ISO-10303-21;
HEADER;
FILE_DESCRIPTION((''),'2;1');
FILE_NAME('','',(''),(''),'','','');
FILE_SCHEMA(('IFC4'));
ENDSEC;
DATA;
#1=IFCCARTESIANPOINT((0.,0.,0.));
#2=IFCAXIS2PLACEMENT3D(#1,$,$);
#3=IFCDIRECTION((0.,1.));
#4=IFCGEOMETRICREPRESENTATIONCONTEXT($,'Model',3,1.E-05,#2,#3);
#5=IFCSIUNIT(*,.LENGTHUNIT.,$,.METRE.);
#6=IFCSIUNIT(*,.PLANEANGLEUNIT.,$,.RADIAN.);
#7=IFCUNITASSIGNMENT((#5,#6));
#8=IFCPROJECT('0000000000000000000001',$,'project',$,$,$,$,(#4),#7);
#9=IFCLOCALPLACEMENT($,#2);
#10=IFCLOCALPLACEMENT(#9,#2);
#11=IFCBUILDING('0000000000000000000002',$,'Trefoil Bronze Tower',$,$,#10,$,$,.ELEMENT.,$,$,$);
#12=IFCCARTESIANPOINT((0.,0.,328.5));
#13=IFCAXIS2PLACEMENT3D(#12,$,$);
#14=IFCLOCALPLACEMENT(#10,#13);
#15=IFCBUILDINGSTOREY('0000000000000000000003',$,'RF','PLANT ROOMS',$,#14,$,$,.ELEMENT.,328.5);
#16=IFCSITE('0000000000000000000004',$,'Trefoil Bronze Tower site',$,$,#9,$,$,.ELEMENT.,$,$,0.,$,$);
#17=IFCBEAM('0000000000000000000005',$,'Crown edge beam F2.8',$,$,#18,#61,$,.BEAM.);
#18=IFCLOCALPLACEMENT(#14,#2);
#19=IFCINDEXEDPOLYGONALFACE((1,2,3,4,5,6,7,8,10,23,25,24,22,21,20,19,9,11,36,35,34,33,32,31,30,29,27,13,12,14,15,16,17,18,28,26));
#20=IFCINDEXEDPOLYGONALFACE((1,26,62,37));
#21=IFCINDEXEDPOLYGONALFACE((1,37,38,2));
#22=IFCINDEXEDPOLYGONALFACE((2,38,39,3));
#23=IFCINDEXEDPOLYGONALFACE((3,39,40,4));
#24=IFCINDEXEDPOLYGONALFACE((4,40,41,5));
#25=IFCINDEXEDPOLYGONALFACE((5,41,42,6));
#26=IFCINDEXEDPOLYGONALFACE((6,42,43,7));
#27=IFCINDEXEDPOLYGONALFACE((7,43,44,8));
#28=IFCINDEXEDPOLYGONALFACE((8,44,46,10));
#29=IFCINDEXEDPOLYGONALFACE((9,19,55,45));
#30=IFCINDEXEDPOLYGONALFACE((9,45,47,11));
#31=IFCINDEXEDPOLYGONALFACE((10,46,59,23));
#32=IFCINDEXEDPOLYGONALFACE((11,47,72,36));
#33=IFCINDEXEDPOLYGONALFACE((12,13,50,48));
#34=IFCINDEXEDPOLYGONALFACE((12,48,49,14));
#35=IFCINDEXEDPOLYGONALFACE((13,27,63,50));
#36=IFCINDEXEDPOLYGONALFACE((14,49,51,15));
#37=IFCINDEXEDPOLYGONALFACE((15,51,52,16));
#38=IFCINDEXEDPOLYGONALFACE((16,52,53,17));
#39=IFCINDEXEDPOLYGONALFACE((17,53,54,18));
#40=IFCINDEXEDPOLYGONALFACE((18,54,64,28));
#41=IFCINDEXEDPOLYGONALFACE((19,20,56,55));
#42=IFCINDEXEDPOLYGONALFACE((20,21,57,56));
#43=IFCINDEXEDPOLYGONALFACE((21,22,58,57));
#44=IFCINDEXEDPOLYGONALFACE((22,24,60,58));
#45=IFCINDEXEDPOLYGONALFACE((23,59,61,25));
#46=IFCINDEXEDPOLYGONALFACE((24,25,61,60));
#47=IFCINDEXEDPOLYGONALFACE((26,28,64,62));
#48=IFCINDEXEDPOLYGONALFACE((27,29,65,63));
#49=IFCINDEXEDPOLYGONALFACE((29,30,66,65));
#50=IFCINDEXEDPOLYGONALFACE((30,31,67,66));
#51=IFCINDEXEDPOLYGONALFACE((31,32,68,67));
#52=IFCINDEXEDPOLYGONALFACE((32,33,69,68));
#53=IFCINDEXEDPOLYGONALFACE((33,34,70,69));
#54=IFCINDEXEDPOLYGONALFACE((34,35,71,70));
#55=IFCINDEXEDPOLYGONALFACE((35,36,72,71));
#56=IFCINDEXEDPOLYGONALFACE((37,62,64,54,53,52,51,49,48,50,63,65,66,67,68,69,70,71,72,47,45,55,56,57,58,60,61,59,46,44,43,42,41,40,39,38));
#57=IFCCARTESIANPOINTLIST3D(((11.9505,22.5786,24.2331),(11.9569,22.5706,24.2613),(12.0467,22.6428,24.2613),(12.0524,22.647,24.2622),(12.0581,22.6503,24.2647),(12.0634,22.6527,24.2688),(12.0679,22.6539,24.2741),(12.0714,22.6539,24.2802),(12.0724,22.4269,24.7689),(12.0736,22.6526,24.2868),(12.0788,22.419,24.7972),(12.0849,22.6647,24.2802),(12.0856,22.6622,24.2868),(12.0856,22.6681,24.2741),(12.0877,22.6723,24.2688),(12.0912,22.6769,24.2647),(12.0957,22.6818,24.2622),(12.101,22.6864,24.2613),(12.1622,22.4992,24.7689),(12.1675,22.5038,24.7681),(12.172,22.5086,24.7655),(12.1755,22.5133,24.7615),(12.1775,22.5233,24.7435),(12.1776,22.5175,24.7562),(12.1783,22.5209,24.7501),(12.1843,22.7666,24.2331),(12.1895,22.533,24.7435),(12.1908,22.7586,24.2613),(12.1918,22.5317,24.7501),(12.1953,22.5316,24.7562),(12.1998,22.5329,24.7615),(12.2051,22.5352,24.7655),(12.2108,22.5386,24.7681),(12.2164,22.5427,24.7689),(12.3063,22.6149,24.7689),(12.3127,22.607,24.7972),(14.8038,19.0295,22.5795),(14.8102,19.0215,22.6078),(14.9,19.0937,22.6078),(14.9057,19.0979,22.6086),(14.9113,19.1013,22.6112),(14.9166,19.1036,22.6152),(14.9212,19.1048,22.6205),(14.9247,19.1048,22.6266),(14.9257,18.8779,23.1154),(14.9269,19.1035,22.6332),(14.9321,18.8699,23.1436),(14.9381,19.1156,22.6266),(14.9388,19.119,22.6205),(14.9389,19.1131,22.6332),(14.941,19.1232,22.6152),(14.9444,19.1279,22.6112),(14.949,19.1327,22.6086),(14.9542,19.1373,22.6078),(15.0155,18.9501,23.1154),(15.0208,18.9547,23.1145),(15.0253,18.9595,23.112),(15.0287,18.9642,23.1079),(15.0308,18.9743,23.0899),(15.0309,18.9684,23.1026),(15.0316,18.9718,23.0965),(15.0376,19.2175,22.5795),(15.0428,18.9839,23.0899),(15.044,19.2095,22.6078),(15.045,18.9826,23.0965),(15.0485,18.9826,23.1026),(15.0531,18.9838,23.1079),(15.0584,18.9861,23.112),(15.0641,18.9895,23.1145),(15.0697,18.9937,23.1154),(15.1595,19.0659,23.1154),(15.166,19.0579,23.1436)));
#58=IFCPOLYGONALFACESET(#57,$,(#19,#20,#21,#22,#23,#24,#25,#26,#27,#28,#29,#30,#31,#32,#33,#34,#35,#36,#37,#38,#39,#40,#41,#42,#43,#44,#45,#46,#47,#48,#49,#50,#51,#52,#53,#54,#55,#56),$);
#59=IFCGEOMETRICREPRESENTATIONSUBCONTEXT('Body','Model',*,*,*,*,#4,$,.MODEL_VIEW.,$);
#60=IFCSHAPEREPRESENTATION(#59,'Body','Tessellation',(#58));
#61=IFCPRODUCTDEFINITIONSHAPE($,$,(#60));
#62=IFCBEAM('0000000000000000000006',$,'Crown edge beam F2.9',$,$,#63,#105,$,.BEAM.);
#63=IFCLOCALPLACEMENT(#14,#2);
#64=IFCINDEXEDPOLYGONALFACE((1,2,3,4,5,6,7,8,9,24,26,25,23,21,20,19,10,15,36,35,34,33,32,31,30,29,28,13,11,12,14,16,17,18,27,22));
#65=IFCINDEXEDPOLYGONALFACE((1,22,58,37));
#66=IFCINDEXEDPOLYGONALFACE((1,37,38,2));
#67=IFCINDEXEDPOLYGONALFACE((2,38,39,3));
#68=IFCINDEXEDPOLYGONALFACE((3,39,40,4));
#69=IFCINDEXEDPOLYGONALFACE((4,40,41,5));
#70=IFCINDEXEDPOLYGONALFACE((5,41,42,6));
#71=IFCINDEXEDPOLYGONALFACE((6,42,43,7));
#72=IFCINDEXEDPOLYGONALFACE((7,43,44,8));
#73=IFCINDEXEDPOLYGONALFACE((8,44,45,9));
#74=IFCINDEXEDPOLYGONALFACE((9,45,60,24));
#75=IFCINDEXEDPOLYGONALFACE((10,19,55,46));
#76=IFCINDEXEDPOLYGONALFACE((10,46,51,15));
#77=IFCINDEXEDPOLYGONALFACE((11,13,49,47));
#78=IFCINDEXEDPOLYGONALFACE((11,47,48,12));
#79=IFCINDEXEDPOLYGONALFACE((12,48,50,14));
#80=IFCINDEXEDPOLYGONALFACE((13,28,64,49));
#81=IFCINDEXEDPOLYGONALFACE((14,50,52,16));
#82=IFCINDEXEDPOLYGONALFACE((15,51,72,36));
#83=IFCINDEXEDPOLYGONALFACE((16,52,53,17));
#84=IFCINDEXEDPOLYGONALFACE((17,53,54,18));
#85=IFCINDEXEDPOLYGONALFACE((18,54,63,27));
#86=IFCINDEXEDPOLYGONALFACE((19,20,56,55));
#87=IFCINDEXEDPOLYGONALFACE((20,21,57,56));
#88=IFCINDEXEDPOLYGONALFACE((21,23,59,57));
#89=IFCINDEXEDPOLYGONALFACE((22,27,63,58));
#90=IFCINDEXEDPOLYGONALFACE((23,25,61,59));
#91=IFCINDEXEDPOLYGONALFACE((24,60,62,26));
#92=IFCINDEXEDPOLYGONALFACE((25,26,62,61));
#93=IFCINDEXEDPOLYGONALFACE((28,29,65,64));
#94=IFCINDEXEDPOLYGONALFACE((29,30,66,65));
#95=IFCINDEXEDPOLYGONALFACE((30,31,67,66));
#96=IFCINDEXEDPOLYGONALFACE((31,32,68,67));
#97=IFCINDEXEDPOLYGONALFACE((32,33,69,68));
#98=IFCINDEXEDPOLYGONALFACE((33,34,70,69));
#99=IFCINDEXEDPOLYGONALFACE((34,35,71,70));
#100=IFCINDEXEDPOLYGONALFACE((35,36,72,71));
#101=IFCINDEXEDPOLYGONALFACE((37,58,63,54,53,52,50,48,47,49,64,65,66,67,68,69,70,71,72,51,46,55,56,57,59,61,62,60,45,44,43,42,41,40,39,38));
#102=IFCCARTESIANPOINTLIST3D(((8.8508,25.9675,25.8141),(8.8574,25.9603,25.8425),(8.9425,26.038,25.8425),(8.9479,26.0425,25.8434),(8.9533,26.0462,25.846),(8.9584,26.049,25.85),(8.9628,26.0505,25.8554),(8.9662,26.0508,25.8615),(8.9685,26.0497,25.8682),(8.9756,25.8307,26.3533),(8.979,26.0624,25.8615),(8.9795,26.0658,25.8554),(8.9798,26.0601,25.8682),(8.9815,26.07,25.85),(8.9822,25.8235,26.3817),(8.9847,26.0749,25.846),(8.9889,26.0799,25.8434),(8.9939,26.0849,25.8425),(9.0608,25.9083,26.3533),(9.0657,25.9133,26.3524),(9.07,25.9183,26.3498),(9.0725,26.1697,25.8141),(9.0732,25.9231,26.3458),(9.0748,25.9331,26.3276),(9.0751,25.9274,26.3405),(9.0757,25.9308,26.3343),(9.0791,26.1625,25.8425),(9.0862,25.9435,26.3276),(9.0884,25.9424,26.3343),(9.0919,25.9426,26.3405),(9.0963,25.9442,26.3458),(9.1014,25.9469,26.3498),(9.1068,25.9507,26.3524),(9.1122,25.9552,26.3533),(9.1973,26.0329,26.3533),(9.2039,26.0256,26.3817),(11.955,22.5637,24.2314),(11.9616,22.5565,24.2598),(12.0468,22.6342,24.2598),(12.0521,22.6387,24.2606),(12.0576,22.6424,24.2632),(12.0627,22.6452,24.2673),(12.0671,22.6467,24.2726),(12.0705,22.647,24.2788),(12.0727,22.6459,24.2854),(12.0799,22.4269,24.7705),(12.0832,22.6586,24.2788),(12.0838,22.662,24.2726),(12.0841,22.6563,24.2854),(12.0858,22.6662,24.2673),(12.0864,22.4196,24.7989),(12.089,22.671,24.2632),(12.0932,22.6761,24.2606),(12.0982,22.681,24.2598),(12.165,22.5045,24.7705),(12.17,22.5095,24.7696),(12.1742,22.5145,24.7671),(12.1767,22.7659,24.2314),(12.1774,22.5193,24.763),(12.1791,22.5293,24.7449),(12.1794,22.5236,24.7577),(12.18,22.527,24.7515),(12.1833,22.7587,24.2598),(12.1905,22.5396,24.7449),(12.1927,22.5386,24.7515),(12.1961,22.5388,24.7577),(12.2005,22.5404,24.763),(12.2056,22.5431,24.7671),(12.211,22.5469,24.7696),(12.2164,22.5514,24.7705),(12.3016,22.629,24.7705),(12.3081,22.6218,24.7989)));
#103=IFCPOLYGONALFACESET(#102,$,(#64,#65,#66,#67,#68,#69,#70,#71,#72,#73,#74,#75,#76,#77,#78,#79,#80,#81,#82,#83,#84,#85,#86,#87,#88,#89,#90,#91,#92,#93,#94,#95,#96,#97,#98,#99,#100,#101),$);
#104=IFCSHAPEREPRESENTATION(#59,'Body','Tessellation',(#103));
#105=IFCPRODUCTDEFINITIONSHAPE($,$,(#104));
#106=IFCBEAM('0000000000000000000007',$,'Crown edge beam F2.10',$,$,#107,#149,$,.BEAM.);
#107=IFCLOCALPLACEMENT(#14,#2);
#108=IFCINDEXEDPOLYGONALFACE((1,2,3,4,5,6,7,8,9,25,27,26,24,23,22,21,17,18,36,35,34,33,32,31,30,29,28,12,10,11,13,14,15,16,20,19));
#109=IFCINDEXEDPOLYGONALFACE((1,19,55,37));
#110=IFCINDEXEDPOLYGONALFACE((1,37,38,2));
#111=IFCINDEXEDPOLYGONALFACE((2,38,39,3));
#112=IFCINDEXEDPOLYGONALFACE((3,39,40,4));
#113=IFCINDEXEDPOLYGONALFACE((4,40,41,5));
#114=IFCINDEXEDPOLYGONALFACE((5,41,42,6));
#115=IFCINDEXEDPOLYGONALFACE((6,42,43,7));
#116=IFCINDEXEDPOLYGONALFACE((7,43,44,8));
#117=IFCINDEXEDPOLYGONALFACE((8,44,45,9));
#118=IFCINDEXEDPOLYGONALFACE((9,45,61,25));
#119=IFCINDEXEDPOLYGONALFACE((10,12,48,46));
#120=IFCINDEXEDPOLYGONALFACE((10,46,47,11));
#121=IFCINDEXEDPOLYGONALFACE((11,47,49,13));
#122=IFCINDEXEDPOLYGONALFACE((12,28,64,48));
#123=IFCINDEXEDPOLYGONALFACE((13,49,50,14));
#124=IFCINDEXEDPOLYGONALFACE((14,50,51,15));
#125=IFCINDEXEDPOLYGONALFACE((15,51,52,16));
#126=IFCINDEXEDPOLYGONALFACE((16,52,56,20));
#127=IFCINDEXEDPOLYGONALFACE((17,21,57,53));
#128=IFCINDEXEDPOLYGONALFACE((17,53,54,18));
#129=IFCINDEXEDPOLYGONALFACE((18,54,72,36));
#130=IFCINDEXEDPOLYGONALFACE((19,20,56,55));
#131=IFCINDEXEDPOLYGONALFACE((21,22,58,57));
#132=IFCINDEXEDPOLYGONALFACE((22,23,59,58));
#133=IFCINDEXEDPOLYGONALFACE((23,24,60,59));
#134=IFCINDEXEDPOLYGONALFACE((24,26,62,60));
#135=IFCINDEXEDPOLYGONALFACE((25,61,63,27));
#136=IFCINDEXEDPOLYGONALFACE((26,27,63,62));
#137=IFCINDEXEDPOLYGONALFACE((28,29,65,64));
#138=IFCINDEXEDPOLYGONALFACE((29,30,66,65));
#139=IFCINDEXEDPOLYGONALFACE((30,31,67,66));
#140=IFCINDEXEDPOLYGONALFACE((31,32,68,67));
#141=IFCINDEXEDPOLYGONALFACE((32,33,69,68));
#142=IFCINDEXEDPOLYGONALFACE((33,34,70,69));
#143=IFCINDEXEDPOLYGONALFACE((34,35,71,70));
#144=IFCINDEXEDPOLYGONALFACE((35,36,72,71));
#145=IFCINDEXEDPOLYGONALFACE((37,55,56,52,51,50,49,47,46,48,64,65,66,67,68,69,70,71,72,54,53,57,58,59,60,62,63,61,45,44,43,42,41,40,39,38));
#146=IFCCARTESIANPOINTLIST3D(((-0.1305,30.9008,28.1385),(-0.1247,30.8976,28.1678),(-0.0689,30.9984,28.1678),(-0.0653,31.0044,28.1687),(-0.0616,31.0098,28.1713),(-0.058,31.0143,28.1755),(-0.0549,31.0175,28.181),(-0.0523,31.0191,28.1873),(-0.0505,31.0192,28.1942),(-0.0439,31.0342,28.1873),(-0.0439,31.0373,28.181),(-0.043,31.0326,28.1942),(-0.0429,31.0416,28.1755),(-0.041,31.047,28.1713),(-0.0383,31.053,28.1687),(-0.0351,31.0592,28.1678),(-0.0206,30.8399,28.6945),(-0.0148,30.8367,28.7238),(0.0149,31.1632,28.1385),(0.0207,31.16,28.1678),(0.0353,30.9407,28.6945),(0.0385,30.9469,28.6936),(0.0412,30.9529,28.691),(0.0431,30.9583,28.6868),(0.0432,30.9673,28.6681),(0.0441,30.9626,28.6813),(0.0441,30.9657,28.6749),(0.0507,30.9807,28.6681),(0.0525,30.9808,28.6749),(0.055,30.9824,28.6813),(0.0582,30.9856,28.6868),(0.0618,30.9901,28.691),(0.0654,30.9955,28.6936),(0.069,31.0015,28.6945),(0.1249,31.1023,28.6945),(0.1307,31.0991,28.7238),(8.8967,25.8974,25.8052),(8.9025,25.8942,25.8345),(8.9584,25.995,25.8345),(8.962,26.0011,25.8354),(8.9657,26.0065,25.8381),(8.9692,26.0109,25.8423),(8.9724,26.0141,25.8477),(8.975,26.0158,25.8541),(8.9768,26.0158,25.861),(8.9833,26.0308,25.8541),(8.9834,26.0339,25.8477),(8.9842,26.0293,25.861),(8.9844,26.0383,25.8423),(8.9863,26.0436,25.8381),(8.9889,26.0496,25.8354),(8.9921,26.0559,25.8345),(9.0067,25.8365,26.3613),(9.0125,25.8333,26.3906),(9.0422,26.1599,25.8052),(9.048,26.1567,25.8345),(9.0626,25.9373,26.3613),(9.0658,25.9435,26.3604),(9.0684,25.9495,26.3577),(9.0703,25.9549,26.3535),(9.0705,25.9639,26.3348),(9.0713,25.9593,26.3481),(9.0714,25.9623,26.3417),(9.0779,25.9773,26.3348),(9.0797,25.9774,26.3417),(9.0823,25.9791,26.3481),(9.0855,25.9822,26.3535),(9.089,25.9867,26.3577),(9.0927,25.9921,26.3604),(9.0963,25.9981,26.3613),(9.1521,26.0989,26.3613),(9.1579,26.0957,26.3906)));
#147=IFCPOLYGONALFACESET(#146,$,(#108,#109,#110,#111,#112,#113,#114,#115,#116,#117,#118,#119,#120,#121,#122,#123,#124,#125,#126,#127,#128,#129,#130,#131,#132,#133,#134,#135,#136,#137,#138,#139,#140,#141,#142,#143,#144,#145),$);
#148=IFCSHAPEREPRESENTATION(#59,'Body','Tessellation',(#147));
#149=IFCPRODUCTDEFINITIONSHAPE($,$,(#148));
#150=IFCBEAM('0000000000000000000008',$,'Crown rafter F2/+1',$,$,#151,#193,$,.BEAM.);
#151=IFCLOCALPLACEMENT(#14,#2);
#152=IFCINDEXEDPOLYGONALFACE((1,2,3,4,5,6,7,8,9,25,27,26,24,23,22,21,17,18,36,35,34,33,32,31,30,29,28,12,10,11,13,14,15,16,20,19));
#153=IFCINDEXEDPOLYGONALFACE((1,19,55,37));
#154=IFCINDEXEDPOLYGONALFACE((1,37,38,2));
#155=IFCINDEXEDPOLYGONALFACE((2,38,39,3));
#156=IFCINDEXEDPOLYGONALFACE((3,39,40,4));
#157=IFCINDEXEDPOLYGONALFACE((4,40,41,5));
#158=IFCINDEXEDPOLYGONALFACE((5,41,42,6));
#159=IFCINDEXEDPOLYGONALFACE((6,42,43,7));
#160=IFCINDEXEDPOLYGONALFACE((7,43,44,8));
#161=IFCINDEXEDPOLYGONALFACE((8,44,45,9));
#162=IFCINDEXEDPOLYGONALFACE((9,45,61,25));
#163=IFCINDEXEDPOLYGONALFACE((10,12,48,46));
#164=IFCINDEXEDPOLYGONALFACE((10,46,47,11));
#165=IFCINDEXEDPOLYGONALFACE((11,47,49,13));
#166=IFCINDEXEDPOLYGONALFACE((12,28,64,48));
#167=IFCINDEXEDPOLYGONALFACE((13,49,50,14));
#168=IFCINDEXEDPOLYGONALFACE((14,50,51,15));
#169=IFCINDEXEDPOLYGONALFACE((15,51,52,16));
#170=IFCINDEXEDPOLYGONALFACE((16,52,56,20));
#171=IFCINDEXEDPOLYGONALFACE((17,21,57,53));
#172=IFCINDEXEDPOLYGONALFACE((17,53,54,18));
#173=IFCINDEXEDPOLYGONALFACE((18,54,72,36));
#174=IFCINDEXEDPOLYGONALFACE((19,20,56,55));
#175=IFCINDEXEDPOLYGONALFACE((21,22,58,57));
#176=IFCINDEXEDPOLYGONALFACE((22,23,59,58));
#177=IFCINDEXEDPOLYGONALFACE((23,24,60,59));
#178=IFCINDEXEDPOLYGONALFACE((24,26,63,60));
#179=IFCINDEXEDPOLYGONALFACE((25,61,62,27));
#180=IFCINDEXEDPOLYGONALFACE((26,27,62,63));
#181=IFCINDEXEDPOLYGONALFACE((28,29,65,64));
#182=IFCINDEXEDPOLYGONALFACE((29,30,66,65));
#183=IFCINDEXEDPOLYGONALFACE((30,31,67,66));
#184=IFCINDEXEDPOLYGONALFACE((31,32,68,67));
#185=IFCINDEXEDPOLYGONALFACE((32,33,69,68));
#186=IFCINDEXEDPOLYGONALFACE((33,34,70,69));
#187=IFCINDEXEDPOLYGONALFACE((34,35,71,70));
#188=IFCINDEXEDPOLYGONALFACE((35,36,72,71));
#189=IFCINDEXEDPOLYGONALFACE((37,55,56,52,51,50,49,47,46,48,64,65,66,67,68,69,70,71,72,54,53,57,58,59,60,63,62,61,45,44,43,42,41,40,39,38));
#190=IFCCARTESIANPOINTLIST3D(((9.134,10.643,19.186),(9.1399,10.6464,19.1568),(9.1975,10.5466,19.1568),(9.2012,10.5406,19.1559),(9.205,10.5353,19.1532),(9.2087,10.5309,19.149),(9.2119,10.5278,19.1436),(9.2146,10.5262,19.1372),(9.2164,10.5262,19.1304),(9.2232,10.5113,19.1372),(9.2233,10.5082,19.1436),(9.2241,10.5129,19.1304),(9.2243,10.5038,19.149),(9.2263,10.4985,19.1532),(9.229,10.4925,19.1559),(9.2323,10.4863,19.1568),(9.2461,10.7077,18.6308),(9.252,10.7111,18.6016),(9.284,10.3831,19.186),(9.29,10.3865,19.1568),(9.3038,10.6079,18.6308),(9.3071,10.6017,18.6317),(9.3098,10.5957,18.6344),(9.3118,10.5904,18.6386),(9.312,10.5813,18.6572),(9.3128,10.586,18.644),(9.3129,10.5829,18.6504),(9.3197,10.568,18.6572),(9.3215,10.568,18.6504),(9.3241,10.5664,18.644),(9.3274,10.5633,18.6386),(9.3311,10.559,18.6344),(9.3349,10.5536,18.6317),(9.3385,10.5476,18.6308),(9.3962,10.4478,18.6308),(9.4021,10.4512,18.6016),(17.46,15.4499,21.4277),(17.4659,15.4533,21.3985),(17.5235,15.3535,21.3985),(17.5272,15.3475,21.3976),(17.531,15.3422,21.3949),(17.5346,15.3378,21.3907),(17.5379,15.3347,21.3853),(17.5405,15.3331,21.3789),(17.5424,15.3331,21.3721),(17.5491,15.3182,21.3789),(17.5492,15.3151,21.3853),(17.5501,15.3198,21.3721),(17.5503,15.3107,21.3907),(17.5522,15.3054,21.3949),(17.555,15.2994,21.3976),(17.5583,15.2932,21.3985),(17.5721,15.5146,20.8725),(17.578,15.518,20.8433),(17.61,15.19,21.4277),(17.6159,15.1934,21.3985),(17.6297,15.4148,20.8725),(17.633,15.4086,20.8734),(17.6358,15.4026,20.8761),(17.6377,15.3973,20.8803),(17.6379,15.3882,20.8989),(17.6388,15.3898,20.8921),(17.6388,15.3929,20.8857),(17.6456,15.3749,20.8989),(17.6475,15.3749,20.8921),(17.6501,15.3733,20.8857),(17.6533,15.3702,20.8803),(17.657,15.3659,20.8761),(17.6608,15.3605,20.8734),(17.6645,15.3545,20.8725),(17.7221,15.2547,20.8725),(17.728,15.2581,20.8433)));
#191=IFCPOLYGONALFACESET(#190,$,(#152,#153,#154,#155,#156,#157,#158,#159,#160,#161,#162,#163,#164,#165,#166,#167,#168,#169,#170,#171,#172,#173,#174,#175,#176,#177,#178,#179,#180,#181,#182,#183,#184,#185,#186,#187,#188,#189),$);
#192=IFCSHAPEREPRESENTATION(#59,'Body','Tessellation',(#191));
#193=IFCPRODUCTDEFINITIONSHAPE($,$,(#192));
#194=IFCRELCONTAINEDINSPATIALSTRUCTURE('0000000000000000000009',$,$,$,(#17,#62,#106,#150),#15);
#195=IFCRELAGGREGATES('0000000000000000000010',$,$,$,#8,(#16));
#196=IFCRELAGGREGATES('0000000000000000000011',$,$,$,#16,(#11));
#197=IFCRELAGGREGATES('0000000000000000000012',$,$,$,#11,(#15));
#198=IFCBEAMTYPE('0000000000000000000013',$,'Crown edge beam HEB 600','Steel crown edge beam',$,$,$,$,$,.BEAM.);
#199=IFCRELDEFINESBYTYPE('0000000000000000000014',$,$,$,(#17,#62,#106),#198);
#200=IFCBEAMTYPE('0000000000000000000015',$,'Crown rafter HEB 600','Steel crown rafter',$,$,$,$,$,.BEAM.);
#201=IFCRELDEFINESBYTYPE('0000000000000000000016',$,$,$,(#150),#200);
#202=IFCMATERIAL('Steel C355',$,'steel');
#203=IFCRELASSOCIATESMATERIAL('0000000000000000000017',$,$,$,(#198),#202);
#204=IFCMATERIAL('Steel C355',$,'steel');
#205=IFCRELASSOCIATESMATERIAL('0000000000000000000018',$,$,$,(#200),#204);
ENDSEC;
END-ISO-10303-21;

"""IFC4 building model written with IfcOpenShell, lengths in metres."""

from ifc_helpers import new_model, si_unit, direction, frame, origin, origin_2d, place, context, subcontext, project, spatial, i_section, extrude, material, material_profile, profile_set, type_object, element, save


model = new_model("IFC4")

# Units and contexts
model_context = context("Model", 3, precision=1e-05, world=origin(), true_north=direction((0.0, 1.0)))
body_context = subcontext(model_context, "Body", "Model", "MODEL_VIEW")
ifc_project = project(units=[si_unit("LENGTHUNIT", "METRE"), si_unit("PLANEANGLEUNIT", "RADIAN")], contexts=[model_context])

# Site, building, storey
site_placement = place(None, origin())
site = spatial("IfcSite", under=ifc_project, at=site_placement, Name="Trefoil Bronze Tower site", CompositionType="ELEMENT", RefElevation=0.0)
building_placement = place(site_placement, origin())
building = spatial("IfcBuilding", under=site, at=building_placement, Name="Trefoil Bronze Tower", CompositionType="ELEMENT")
storey_placement = place(building_placement, frame((0.0, 0.0, 328.5)))
storey = spatial("IfcBuildingStorey", under=building, at=storey_placement, Name="RF", Description="PLANT ROOMS", CompositionType="ELEMENT", Elevation=328.5)

# Beams
ifc_material_1 = material(Name="Steel C355", Category="steel")
ifc_material_profile_1 = material_profile(ifc_material_1, i_section(OverallWidth=0.3, OverallDepth=0.6001, WebThickness=0.0154, FlangeThickness=0.03, FilletRadius=0.0271, at=origin_2d()), Name="HEB 600")
ifc_profile_set_1 = profile_set([ifc_material_profile_1], Name="Steel C355")
beam_type_1 = type_object("IfcBeamType", Name="Crown edge beam HEB 600", Description="Steel crown edge beam", PredefinedType="BEAM", material=ifc_profile_set_1)
beam_1_placement = place(storey_placement, frame((14.9849, 19.0437, 22.8616), z_axis=(-0.588944, 0.732564, 0.341312), x_axis=(-0.779365, -0.62657, 0.0)))
element("IfcBeam", 1, at=beam_1_placement, inside=storey, type_object=beam_type_1, Name="Crown edge beam F2.8", PredefinedType="BEAM", context=body_context, shape_type="SweptSolid", body=[
    extrude(i_section(OverallWidth=0.3, OverallDepth=0.6001, WebThickness=0.0154, FlangeThickness=0.03, FilletRadius=0.0271, at=origin_2d()), origin(), (0.0, 0.0, 1.0), 4.8447),
])
beam_2_placement = place(storey_placement, frame((12.1316, 22.5928, 24.5151), z_axis=(-0.637281, 0.698779, 0.324931), x_axis=(-0.738872, -0.673846, 0.0)))
element("IfcBeam", 2, at=beam_2_placement, inside=storey, type_object=beam_type_1, Name="Crown edge beam F2.9", PredefinedType="BEAM", context=body_context, shape_type="SweptSolid", body=[
    extrude(i_section(OverallWidth=0.3, OverallDepth=0.6001, WebThickness=0.0154, FlangeThickness=0.03, FilletRadius=0.0271, at=origin_2d()), origin(), (0.0, 0.0, 1.0), 4.8711),
])
beam_3_placement = place(storey_placement, frame((9.0273, 25.9966, 26.0979), z_axis=(-0.853114, 0.472839, 0.2205), x_axis=(-0.484771, -0.874641, 0.0)))
element("IfcBeam", 3, at=beam_3_placement, inside=storey, type_object=beam_type_1, Name="Crown edge beam F2.10", PredefinedType="BEAM", context=body_context, shape_type="SweptSolid", body=[
    extrude(i_section(OverallWidth=0.3, OverallDepth=0.6001, WebThickness=0.0154, FlangeThickness=0.03, FilletRadius=0.0271, at=origin_2d()), origin(), (0.0, 0.0, 1.0), 10.5815),
])
ifc_material_2 = material(Name="Steel C355", Category="steel")
ifc_material_profile_2 = material_profile(ifc_material_2, i_section(OverallWidth=0.3, OverallDepth=0.6001, WebThickness=0.0154, FlangeThickness=0.03, FilletRadius=0.0271, at=origin_2d()), Name="HEB 600")
ifc_profile_set_2 = profile_set([ifc_material_profile_2], Name="Steel C355")
beam_type_2 = type_object("IfcBeamType", Name="Crown rafter HEB 600", Description="Steel crown rafter", PredefinedType="BEAM", material=ifc_profile_set_2)
beam_4_placement = place(storey_placement, frame((17.594, 15.354, 21.1355), z_axis=(-0.843405, -0.486931, -0.227081), x_axis=(0.499993, -0.86603, 0.0)))
element("IfcBeam", 4, at=beam_4_placement, inside=storey, type_object=beam_type_2, Name="Crown rafter F2/+1", PredefinedType="BEAM", context=body_context, shape_type="SweptSolid", body=[
    extrude(i_section(OverallWidth=0.3, OverallDepth=0.6001, WebThickness=0.0154, FlangeThickness=0.03, FilletRadius=0.0271, at=origin_2d()), origin(), (0.0, 0.0, 1.0), 9.8718),
])

save(model, "model.ifc")
